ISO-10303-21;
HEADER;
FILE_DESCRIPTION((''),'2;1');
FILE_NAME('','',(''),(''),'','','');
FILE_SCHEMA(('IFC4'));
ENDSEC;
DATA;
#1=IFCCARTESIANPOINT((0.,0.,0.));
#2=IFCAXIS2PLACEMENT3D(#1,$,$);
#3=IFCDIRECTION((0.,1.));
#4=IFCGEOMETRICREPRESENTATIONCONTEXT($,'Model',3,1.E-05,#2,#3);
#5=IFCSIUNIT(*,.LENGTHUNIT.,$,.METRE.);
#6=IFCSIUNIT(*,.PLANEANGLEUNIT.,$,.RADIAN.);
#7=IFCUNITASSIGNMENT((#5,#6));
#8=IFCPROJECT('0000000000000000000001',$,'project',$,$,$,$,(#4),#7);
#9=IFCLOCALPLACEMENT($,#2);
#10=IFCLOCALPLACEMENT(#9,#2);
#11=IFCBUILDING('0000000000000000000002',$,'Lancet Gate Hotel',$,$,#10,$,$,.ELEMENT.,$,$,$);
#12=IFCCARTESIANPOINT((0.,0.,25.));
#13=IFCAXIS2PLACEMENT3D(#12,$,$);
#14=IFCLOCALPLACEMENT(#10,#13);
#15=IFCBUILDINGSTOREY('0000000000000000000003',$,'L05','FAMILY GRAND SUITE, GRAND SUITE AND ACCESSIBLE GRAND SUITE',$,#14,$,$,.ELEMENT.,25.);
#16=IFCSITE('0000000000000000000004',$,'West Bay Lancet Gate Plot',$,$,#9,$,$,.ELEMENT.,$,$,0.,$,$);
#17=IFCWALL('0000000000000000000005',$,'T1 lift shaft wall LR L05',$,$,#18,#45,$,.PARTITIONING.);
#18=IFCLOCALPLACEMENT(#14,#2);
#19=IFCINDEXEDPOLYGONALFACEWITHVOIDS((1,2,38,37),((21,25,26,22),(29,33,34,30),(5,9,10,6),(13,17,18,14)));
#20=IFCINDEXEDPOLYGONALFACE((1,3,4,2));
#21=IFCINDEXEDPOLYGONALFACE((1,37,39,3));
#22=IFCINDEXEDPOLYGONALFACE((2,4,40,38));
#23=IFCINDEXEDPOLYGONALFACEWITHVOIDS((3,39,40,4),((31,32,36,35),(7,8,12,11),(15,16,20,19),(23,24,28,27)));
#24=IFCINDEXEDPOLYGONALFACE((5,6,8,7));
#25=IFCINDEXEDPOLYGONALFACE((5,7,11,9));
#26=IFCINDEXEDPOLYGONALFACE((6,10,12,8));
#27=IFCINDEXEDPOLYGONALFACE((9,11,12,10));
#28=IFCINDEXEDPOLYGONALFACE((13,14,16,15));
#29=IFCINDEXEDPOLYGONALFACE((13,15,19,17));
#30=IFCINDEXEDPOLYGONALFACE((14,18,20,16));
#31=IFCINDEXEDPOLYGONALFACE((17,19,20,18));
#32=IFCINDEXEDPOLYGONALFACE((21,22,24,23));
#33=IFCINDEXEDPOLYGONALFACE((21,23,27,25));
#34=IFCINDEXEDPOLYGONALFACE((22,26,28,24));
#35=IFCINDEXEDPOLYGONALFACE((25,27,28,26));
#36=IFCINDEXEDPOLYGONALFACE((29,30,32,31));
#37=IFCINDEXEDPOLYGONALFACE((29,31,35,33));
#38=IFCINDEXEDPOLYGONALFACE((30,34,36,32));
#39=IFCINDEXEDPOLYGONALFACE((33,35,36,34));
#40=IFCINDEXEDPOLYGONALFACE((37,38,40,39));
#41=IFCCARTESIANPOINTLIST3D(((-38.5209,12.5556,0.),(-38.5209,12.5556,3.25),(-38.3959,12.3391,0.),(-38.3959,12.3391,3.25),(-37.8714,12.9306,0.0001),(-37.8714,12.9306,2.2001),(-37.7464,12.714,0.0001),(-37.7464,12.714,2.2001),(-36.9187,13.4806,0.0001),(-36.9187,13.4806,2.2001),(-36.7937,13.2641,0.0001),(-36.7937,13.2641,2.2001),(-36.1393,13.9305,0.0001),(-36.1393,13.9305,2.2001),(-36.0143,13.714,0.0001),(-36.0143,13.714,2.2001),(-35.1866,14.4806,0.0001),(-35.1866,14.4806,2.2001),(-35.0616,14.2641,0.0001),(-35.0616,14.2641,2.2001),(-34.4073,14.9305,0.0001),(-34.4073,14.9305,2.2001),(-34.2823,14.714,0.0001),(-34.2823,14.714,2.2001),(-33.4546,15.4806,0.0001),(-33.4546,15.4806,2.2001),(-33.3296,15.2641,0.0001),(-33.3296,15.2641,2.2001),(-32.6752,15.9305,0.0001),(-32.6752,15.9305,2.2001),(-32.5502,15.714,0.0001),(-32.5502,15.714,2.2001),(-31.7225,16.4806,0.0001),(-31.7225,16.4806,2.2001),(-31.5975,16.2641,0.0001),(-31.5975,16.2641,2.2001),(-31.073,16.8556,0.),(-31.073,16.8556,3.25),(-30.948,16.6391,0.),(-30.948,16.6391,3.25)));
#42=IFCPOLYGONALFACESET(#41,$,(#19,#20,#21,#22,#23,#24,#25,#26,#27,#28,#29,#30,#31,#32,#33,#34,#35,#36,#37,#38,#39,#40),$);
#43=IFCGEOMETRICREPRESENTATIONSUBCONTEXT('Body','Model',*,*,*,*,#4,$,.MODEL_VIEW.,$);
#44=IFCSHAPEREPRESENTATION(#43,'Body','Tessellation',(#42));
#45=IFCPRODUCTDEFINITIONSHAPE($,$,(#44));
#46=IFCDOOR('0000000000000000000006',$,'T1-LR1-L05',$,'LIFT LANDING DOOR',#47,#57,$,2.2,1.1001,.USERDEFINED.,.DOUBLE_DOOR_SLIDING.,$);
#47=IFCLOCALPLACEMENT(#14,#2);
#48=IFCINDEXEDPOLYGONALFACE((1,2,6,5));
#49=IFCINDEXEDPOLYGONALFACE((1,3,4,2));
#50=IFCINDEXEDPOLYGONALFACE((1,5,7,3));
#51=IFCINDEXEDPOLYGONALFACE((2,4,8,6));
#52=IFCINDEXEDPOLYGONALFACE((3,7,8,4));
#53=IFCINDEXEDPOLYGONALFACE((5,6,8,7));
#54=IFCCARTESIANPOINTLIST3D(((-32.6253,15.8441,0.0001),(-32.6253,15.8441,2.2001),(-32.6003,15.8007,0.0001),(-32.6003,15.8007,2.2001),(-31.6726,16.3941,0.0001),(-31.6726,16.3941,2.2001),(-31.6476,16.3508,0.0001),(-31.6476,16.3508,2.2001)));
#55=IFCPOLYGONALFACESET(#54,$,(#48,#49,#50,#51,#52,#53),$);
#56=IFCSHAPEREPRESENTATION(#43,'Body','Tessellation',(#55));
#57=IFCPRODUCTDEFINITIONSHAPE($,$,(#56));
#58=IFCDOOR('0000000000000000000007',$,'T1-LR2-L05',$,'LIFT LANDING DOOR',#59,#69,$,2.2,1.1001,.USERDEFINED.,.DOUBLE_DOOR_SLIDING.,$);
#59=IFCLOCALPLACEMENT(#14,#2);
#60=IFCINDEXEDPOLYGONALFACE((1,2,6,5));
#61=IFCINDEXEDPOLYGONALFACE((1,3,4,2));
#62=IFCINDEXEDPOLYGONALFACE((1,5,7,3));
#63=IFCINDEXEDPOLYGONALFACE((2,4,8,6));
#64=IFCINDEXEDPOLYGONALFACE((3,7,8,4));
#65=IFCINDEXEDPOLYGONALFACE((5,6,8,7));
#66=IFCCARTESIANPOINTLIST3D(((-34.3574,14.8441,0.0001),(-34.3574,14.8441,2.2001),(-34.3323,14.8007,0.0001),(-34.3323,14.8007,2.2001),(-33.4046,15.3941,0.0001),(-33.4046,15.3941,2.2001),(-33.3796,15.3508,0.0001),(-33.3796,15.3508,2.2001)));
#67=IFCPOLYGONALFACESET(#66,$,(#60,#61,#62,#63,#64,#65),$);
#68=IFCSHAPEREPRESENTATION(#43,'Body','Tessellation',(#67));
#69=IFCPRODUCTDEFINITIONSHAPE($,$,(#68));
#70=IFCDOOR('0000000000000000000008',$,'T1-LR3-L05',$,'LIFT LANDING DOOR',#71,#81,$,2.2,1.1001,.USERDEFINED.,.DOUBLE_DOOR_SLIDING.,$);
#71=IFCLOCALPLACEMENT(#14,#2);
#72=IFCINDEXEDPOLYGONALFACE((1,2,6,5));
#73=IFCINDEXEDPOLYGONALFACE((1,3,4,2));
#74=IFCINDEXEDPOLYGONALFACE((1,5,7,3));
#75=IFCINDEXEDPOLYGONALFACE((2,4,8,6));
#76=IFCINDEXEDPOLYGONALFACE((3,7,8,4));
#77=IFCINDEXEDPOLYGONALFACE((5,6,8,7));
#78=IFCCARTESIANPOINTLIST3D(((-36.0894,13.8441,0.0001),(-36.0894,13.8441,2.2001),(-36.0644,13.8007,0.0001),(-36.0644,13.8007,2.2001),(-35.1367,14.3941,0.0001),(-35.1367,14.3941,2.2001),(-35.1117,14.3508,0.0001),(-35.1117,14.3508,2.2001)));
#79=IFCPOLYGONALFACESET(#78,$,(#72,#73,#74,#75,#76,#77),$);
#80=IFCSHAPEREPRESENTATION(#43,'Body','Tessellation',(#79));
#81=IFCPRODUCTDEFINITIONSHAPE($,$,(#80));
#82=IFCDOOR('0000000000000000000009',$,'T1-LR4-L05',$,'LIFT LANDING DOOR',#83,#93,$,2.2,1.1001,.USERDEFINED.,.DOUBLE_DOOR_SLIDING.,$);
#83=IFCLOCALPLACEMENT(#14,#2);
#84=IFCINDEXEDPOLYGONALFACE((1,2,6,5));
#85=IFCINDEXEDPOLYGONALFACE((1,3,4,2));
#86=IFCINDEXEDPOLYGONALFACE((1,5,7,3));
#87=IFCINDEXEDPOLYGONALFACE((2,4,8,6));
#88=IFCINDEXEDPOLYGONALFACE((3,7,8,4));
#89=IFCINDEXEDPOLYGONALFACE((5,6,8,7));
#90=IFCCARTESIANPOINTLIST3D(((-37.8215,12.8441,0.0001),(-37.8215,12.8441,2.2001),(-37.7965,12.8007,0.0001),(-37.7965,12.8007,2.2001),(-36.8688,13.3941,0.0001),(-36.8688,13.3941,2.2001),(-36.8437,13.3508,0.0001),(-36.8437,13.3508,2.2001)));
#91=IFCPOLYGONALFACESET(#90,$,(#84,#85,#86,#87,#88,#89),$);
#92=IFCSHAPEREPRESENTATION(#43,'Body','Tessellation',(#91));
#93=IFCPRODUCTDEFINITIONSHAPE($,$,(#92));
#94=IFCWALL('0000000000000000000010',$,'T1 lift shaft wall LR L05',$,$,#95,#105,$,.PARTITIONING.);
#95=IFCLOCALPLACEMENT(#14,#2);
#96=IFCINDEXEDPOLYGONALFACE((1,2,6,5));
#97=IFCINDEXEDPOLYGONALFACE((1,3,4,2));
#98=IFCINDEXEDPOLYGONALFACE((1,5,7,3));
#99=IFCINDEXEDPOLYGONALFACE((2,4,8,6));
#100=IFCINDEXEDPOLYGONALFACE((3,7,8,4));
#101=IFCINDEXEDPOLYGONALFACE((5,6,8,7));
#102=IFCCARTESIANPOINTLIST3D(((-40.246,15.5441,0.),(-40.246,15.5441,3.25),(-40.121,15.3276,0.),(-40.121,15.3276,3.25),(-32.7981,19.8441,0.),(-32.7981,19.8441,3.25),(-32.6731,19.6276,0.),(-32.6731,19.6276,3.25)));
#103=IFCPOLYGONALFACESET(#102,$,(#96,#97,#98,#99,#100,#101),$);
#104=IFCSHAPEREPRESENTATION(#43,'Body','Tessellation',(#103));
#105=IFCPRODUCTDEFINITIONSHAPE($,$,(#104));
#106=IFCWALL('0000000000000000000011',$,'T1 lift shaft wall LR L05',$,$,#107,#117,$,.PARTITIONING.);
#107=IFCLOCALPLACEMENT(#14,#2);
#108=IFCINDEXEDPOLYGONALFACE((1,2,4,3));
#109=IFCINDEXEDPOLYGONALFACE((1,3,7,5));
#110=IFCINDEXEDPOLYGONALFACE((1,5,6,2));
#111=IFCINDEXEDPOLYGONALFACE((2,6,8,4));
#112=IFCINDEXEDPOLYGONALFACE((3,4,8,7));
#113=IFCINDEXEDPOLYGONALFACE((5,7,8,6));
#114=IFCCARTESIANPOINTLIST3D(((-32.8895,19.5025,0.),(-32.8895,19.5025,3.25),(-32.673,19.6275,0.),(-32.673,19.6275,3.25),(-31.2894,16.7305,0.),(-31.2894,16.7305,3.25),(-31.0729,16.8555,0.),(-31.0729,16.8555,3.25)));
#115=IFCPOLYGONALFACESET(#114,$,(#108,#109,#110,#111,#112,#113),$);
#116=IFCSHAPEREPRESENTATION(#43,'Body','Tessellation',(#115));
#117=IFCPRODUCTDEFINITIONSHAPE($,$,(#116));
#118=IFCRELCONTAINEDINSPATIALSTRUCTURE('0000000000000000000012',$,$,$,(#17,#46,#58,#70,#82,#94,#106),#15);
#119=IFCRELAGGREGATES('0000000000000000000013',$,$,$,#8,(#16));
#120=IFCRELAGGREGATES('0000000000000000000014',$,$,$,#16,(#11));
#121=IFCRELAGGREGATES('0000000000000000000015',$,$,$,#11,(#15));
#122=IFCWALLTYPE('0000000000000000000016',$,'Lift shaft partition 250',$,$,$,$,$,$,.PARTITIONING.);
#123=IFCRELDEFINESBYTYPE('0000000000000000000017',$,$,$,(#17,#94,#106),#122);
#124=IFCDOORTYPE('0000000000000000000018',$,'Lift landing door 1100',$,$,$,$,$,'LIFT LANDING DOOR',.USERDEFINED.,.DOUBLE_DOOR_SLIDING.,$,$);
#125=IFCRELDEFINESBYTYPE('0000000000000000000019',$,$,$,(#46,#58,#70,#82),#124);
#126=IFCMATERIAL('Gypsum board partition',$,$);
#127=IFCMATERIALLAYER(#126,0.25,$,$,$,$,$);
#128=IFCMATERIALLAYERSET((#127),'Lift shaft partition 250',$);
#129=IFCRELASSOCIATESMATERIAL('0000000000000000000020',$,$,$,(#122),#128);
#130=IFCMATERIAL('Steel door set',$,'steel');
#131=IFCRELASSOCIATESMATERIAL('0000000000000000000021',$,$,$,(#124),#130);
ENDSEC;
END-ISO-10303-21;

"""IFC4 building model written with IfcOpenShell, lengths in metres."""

from ifc_helpers import new_model, si_unit, direction, frame, frame_2d, origin, place, context, subcontext, project, spatial, rectangle, extrude, material, layer, layer_set, type_object, element, fill, save


model = new_model("IFC4")

# Units and contexts
model_context = context("Model", 3, precision=1e-05, world=origin(), true_north=direction((0.0, 1.0)))
body_context = subcontext(model_context, "Body", "Model", "MODEL_VIEW")
ifc_project = project(units=[si_unit("LENGTHUNIT", "METRE"), si_unit("PLANEANGLEUNIT", "RADIAN")], contexts=[model_context])

# Site, building, storey
site_placement = place(None, origin())
site = spatial("IfcSite", under=ifc_project, at=site_placement, Name="West Bay Lancet Gate Plot", CompositionType="ELEMENT", RefElevation=0.0)
building_placement = place(site_placement, origin())
building = spatial("IfcBuilding", under=site, at=building_placement, Name="Lancet Gate Hotel", CompositionType="ELEMENT")
storey_placement = place(building_placement, frame((0.0, 0.0, 25.0)))
storey = spatial("IfcBuildingStorey", under=building, at=storey_placement, Name="L05", Description="FAMILY GRAND SUITE, GRAND SUITE AND ACCESSIBLE GRAND SUITE", CompositionType="ELEMENT", Elevation=25.0)

# Wall, openings, doors
ifc_material_1 = material(Name="Gypsum board partition")
ifc_layer_1 = layer(ifc_material_1, 0.25)
ifc_layer_set_1 = layer_set([ifc_layer_1], Name="Lift shaft partition 250")
wall_type = type_object("IfcWallType", Name="Lift shaft partition 250", PredefinedType="PARTITIONING", material=ifc_layer_set_1)
wall_1_placement = place(storey_placement, frame((-31.0105, 16.7473, 0.0), z_axis=(0.0, 0.0, 1.0), x_axis=(-0.866028, -0.499995, 0.0)))
wall_1 = element("IfcWall", 1, at=wall_1_placement, inside=storey, type_object=wall_type, Name="T1 lift shaft wall LR L05", PredefinedType="PARTITIONING", context=body_context, shape_type="SweptSolid", body=[
    extrude(rectangle(XDim=8.6001, YDim=0.25, at=frame_2d((4.3, 0.0))), origin(), (0.0, 0.0, 1.0), 3.25),
])
opening_1_placement = place(wall_1_placement, frame((0.75, 0.0, 0.0)))
opening_1 = element("IfcOpeningElement", 2, at=opening_1_placement, cuts=wall_1, PredefinedType="OPENING", context=body_context, shape_type="SweptSolid", body=[
    extrude(rectangle(XDim=1.1001, YDim=2.2, at=frame_2d((0.55, 1.1001))), frame((0.0, 0.135, 0.0), z_axis=(0.0, -1.0, 0.0), x_axis=(1.0, 0.0, 0.0)), (0.0, 0.0, 1.0), 0.27),
])
opening_2_placement = place(wall_1_placement, frame((2.75, 0.0, 0.0)))
opening_2 = element("IfcOpeningElement", 3, at=opening_2_placement, cuts=wall_1, PredefinedType="OPENING", context=body_context, shape_type="SweptSolid", body=[
    extrude(rectangle(XDim=1.1001, YDim=2.2, at=frame_2d((0.55, 1.1001))), frame((0.0, 0.135, 0.0), z_axis=(0.0, -1.0, 0.0), x_axis=(1.0, 0.0, 0.0)), (0.0, 0.0, 1.0), 0.27),
])
opening_3_placement = place(wall_1_placement, frame((4.75, 0.0, 0.0)))
opening_3 = element("IfcOpeningElement", 4, at=opening_3_placement, cuts=wall_1, PredefinedType="OPENING", context=body_context, shape_type="SweptSolid", body=[
    extrude(rectangle(XDim=1.1001, YDim=2.2, at=frame_2d((0.55, 1.1001))), frame((0.0, 0.135, 0.0), z_axis=(0.0, -1.0, 0.0), x_axis=(1.0, 0.0, 0.0)), (0.0, 0.0, 1.0), 0.27),
])
opening_4_placement = place(wall_1_placement, frame((6.75, 0.0, 0.0)))
opening_4 = element("IfcOpeningElement", 5, at=opening_4_placement, cuts=wall_1, PredefinedType="OPENING", context=body_context, shape_type="SweptSolid", body=[
    extrude(rectangle(XDim=1.1001, YDim=2.2, at=frame_2d((0.55, 1.1001))), frame((0.0, 0.135, 0.0), z_axis=(0.0, -1.0, 0.0), x_axis=(1.0, 0.0, 0.0)), (0.0, 0.0, 1.0), 0.27),
])
ifc_material_2 = material(Name="Steel door set", Category="steel")
door_type = type_object("IfcDoorType", Name="Lift landing door 1100", ElementType="LIFT LANDING DOOR", OperationType="DOUBLE_DOOR_SLIDING", PredefinedType="USERDEFINED", material=ifc_material_2)
door_1_placement = place(opening_1_placement, origin())
door_1 = element("IfcDoor", 6, at=door_1_placement, inside=storey, type_object=door_type, Name="T1-LR1-L05", ObjectType="LIFT LANDING DOOR", OperationType="DOUBLE_DOOR_SLIDING", OverallHeight=2.2, OverallWidth=1.1001, PredefinedType="USERDEFINED", context=body_context, shape_type="SweptSolid", body=[
    extrude(rectangle(XDim=1.1001, YDim=2.2, at=frame_2d((0.55, 1.1001))), frame((0.0, 0.0249, 0.0), z_axis=(0.0, -1.0, 0.0), x_axis=(1.0, 0.0, 0.0)), (0.0, 0.0, 1.0), 0.05),
])
fill(opening_1, door_1)
door_2_placement = place(opening_2_placement, origin())
door_2 = element("IfcDoor", 7, at=door_2_placement, inside=storey, type_object=door_type, Name="T1-LR2-L05", ObjectType="LIFT LANDING DOOR", OperationType="DOUBLE_DOOR_SLIDING", OverallHeight=2.2, OverallWidth=1.1001, PredefinedType="USERDEFINED", context=body_context, shape_type="SweptSolid", body=[
    extrude(rectangle(XDim=1.1001, YDim=2.2, at=frame_2d((0.55, 1.1001))), frame((0.0, 0.0249, 0.0), z_axis=(0.0, -1.0, 0.0), x_axis=(1.0, 0.0, 0.0)), (0.0, 0.0, 1.0), 0.05),
])
fill(opening_2, door_2)
door_3_placement = place(opening_3_placement, origin())
door_3 = element("IfcDoor", 8, at=door_3_placement, inside=storey, type_object=door_type, Name="T1-LR3-L05", ObjectType="LIFT LANDING DOOR", OperationType="DOUBLE_DOOR_SLIDING", OverallHeight=2.2, OverallWidth=1.1001, PredefinedType="USERDEFINED", context=body_context, shape_type="SweptSolid", body=[
    extrude(rectangle(XDim=1.1001, YDim=2.2, at=frame_2d((0.55, 1.1001))), frame((0.0, 0.0249, 0.0), z_axis=(0.0, -1.0, 0.0), x_axis=(1.0, 0.0, 0.0)), (0.0, 0.0, 1.0), 0.05),
])
fill(opening_3, door_3)
door_4_placement = place(opening_4_placement, origin())
door_4 = element("IfcDoor", 9, at=door_4_placement, inside=storey, type_object=door_type, Name="T1-LR4-L05", ObjectType="LIFT LANDING DOOR", OperationType="DOUBLE_DOOR_SLIDING", OverallHeight=2.2, OverallWidth=1.1001, PredefinedType="USERDEFINED", context=body_context, shape_type="SweptSolid", body=[
    extrude(rectangle(XDim=1.1001, YDim=2.2, at=frame_2d((0.55, 1.1001))), frame((0.0, 0.0249, 0.0), z_axis=(0.0, -1.0, 0.0), x_axis=(1.0, 0.0, 0.0)), (0.0, 0.0, 1.0), 0.05),
])
fill(opening_4, door_4)

# Walls
wall_2_placement = place(storey_placement, frame((-32.7356, 19.7358, 0.0), z_axis=(0.0, 0.0, 1.0), x_axis=(-0.866028, -0.499995, 0.0)))
element("IfcWall", 10, at=wall_2_placement, inside=storey, type_object=wall_type, Name="T1 lift shaft wall LR L05", PredefinedType="PARTITIONING", context=body_context, shape_type="SweptSolid", body=[
    extrude(rectangle(XDim=8.6001, YDim=0.25, at=frame_2d((4.3, 0.0))), origin(), (0.0, 0.0, 1.0), 3.25),
])
wall_3_placement = place(storey_placement, frame((-31.1812, 16.793, 0.0), z_axis=(0.0, 0.0, 1.0), x_axis=(-0.499929, 0.866066, 0.0)))
element("IfcWall", 11, at=wall_3_placement, inside=storey, type_object=wall_type, Name="T1 lift shaft wall LR L05", PredefinedType="PARTITIONING", context=body_context, shape_type="SweptSolid", body=[
    extrude(rectangle(XDim=3.2007, YDim=0.25, at=frame_2d((1.6003, 0.0))), origin(), (0.0, 0.0, 1.0), 3.25),
])

save(model, "model.ifc")
